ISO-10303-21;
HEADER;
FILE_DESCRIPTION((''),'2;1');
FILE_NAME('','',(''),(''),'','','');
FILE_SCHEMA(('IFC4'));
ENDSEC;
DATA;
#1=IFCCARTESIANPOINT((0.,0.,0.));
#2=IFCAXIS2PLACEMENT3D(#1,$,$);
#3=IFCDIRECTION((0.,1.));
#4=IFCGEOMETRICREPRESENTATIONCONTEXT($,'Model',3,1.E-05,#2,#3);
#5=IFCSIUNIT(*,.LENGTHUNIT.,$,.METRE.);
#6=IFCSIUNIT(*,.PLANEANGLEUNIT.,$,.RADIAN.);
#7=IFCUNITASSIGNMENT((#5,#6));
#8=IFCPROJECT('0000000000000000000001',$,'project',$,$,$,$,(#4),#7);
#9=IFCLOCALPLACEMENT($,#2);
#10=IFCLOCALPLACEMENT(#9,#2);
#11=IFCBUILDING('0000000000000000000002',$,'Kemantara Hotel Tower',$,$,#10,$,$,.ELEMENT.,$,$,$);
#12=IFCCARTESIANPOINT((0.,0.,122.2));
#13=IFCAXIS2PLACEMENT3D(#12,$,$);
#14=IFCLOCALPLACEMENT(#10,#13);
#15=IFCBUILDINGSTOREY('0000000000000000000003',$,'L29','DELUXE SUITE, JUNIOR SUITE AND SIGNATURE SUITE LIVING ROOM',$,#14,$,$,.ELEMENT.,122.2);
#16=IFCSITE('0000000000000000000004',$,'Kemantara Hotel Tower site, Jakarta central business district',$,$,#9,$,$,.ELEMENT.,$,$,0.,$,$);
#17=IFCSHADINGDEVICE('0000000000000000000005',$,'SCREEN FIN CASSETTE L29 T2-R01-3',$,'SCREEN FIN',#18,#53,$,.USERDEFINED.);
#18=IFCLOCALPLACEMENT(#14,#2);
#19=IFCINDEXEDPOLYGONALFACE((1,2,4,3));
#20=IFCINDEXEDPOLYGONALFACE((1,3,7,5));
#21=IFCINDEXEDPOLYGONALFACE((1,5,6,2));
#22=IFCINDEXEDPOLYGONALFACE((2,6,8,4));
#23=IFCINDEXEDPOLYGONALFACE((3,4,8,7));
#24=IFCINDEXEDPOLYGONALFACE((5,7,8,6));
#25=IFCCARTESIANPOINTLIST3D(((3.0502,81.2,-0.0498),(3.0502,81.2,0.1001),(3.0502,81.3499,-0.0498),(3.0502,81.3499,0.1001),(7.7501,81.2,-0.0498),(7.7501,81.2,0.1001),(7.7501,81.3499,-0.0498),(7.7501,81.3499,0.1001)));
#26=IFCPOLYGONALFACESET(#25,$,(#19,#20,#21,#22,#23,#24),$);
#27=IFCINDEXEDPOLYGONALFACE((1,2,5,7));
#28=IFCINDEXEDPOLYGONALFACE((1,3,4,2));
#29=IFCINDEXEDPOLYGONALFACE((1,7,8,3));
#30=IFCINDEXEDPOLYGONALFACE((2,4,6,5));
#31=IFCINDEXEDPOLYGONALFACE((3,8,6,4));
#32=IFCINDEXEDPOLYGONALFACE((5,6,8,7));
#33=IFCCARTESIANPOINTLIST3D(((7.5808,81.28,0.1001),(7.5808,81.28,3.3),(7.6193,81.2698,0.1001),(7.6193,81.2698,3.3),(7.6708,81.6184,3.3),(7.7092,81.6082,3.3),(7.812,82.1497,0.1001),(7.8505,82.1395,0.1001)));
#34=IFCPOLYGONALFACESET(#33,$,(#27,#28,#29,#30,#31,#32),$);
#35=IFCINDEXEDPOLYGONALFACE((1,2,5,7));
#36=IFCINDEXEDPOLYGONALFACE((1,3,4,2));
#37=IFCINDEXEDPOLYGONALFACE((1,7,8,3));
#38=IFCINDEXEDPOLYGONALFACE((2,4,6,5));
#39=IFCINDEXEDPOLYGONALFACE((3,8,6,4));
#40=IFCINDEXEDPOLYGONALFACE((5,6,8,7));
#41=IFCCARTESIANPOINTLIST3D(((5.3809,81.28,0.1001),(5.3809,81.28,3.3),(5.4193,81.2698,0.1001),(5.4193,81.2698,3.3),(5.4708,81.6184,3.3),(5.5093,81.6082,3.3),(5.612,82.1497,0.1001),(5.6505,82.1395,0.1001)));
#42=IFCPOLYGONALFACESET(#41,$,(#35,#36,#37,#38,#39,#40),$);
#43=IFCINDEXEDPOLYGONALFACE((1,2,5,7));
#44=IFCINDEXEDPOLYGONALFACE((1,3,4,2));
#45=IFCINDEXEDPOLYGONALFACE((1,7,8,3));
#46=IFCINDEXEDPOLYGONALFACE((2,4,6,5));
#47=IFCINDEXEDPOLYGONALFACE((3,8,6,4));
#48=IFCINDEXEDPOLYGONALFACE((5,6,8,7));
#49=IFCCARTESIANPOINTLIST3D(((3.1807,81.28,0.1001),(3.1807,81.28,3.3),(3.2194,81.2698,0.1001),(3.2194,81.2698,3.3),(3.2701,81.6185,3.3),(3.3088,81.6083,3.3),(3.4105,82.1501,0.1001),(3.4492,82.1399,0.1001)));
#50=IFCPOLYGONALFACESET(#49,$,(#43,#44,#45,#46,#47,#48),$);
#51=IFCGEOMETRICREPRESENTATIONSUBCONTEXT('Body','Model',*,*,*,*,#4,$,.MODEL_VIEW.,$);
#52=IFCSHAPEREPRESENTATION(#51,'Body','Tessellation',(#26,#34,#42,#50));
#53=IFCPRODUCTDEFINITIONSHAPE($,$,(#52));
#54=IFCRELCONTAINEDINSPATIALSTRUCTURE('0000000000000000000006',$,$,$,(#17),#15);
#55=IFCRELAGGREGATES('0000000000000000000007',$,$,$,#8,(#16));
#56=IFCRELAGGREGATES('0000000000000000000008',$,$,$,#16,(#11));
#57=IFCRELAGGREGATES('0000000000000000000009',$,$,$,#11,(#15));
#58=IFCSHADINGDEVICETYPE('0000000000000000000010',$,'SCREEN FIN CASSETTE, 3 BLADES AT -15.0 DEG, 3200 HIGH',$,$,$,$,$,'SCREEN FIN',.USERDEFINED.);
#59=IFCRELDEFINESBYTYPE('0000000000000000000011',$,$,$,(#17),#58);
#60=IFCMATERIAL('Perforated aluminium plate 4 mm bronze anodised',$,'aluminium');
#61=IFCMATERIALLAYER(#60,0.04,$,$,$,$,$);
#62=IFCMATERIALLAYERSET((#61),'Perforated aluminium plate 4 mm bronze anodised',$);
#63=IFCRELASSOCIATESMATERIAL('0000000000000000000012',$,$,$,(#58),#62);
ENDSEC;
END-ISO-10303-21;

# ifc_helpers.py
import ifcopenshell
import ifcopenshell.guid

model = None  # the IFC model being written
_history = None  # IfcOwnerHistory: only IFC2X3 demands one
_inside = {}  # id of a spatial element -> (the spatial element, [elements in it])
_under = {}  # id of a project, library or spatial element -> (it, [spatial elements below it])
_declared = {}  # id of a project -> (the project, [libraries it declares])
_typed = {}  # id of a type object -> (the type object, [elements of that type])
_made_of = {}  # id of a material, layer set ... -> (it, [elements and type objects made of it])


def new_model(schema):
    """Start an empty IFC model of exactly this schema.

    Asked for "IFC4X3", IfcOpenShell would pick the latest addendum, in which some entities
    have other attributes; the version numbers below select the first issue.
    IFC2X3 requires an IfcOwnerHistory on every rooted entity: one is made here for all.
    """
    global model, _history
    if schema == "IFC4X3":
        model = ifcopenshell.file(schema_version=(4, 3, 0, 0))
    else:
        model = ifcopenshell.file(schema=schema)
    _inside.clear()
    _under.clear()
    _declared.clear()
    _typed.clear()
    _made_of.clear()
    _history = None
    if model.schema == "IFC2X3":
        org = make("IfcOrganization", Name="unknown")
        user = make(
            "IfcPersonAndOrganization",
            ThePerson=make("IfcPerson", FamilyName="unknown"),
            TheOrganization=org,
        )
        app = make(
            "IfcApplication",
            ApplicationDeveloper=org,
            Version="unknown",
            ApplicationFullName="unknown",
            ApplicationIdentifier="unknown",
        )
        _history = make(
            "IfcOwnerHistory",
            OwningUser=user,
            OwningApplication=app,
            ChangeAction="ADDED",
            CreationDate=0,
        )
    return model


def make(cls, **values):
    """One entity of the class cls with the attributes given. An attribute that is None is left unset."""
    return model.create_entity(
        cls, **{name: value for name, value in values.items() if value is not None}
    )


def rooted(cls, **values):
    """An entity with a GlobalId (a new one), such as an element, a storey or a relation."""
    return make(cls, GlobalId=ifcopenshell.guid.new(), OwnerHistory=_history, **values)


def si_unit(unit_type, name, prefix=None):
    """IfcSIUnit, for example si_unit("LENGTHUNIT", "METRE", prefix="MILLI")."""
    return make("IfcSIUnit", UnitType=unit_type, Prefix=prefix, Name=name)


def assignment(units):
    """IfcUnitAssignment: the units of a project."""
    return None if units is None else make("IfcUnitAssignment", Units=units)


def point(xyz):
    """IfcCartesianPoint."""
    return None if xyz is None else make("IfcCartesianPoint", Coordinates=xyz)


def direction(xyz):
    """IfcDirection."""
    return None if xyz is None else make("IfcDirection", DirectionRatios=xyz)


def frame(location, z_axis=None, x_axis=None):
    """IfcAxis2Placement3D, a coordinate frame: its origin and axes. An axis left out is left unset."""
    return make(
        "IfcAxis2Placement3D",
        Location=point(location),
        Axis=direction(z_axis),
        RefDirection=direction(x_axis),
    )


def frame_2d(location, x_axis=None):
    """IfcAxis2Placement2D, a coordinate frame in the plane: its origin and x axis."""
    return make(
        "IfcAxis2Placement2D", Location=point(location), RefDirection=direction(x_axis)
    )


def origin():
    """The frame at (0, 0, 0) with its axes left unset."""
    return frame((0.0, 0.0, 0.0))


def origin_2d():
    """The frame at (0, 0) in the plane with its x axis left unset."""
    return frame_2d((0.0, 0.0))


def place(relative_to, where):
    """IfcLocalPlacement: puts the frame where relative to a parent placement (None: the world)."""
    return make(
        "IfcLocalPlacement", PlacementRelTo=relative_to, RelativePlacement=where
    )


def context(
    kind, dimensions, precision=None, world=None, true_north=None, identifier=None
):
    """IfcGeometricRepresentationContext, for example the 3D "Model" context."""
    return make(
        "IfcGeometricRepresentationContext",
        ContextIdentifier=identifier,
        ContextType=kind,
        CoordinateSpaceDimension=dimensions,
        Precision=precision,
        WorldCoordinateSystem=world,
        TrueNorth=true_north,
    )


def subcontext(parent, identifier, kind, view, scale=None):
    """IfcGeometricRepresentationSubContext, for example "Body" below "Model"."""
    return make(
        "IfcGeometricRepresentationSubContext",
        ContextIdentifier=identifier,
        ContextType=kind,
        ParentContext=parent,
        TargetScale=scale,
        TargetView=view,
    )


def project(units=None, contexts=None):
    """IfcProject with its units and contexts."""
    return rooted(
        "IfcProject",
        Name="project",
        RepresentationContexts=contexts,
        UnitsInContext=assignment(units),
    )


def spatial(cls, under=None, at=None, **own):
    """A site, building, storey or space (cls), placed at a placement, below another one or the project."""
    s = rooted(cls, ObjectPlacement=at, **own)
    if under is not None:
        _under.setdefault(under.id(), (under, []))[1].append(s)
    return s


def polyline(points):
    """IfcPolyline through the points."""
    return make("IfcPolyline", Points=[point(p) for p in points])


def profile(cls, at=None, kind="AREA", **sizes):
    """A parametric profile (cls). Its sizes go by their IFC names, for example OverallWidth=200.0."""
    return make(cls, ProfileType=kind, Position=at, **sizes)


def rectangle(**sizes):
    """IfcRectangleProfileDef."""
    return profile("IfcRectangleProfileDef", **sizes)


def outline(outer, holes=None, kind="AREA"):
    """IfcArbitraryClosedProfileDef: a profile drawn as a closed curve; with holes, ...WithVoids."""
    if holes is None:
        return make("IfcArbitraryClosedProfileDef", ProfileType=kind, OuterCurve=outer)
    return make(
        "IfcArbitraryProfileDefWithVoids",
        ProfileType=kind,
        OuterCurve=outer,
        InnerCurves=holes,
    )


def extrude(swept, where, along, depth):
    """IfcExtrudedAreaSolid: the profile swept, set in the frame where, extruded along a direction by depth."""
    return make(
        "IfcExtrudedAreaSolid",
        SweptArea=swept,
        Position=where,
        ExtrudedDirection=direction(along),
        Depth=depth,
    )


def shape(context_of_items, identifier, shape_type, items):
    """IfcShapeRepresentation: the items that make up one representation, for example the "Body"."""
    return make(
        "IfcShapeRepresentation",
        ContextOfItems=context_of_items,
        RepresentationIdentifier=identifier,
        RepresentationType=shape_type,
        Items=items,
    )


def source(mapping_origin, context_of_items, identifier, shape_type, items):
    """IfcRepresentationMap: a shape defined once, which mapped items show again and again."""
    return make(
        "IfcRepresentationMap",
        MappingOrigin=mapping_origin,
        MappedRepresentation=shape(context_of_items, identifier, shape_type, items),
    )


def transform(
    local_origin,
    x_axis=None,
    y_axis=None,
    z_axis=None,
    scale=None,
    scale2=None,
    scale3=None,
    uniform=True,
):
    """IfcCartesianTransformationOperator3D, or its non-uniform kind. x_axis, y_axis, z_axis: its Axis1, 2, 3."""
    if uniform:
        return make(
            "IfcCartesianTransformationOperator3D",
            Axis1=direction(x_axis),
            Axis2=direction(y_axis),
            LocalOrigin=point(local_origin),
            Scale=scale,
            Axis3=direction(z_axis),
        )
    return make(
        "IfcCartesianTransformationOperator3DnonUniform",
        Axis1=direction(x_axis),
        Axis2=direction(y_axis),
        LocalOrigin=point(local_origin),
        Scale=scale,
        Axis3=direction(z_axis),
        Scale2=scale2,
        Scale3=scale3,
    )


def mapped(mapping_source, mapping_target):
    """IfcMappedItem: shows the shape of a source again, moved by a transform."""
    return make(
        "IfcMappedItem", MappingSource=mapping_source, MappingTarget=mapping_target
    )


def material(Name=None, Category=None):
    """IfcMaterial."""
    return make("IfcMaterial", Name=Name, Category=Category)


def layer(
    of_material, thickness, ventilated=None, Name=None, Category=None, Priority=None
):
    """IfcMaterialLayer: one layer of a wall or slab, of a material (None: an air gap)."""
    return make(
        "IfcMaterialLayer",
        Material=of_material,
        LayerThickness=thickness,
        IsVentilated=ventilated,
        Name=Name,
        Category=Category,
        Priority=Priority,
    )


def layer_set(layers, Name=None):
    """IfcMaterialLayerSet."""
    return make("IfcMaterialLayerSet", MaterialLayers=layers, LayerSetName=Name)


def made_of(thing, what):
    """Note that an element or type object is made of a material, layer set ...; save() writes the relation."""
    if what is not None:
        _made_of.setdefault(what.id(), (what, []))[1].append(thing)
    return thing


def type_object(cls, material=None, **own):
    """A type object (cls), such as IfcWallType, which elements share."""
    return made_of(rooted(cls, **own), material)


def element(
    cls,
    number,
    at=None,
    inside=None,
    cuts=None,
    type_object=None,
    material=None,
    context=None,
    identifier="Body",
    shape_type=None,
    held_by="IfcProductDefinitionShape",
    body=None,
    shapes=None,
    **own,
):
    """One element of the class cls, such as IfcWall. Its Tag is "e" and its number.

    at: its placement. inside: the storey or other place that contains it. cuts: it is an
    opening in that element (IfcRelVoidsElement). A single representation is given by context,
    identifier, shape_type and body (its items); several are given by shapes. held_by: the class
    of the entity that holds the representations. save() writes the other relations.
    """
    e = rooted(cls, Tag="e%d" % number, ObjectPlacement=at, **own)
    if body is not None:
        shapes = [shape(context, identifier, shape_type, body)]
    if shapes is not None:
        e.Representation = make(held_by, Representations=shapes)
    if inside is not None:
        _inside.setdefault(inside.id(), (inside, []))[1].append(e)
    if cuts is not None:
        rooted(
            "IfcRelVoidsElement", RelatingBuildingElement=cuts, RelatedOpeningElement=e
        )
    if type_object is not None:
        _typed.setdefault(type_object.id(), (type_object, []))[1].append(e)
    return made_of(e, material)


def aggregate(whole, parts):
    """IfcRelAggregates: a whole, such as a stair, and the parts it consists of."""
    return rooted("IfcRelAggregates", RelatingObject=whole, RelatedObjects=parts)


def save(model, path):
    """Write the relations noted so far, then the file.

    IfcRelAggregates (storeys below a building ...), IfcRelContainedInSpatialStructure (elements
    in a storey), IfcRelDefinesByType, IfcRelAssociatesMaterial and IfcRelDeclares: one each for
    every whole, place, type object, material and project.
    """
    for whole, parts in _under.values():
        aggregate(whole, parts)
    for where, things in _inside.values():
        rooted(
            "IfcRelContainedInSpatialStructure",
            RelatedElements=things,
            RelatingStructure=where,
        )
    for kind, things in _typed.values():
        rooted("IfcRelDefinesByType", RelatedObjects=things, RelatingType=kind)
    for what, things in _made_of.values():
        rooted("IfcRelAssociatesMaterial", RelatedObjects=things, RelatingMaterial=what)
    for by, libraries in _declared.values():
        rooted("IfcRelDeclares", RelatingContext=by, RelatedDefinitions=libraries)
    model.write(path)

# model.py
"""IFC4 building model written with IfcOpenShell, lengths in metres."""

from ifc_helpers import new_model, si_unit, direction, frame, origin, origin_2d, place, context, subcontext, project, spatial, polyline, rectangle, outline, extrude, source, transform, mapped, material, layer, layer_set, type_object, element, save


model = new_model("IFC4")

# Units and contexts
model_context = context("Model", 3, precision=1e-05, world=origin(), true_north=direction((0.0, 1.0)))
body_context = subcontext(model_context, "Body", "Model", "MODEL_VIEW")
ifc_project = project(units=[si_unit("LENGTHUNIT", "METRE"), si_unit("PLANEANGLEUNIT", "RADIAN")], contexts=[model_context])

# Site, building, storey
site_placement = place(None, origin())
site = spatial("IfcSite", under=ifc_project, at=site_placement, Name="Kemantara Hotel Tower site, Jakarta central business district", CompositionType="ELEMENT", RefElevation=0.0)
building_placement = place(site_placement, origin())
building = spatial("IfcBuilding", under=site, at=building_placement, Name="Kemantara Hotel Tower", CompositionType="ELEMENT")
storey_placement = place(building_placement, frame((0.0, 0.0, 122.2)))
storey = spatial("IfcBuildingStorey", under=building, at=storey_placement, Name="L29", Description="DELUXE SUITE, JUNIOR SUITE AND SIGNATURE SUITE LIVING ROOM", CompositionType="ELEMENT", Elevation=122.2)

# Shading device
ifc_material_1 = material(Name="Perforated aluminium plate 4 mm bronze anodised", Category="aluminium")
ifc_layer_1 = layer(ifc_material_1, 0.04)
ifc_layer_set_1 = layer_set([ifc_layer_1], Name="Perforated aluminium plate 4 mm bronze anodised")
shading_device_type = type_object("IfcShadingDeviceType", Name="SCREEN FIN CASSETTE, 3 BLADES AT -15.0 DEG, 3200 HIGH", ElementType="SCREEN FIN", PredefinedType="USERDEFINED", material=ifc_layer_set_1)
shared_shape_1 = source(origin(), body_context, "Body", "SweptSolid", [
    extrude(rectangle(XDim=4.7, YDim=0.1499, at=origin_2d()), frame((2.2, -0.075, -0.1499), z_axis=(0.0, 0.0, 1.0), x_axis=(1.0, 0.0, 0.0)), (0.0, 0.0, 1.0), 0.1499),
    extrude(outline(polyline([(0.0, 0.0), (0.8999, 0.0), (0.3501, 3.2), (0.0, 3.2), (0.0, 0.0)])), frame((0.0193, -0.0801, 0.0), z_axis=(-0.966438, 0.256901, 0.0), x_axis=(-0.256901, -0.966438, 0.0)), (0.0, 0.0, 1.0), 0.0398),
    extrude(outline(polyline([(0.0, 0.0), (0.8999, 0.0), (0.3501, 3.2), (0.0, 3.2), (0.0, 0.0)])), frame((2.2192, -0.0801, 0.0), z_axis=(-0.966438, 0.256901, 0.0), x_axis=(-0.256901, -0.966438, 0.0)), (0.0, 0.0, 1.0), 0.0398),
    extrude(outline(polyline([(0.0, 0.0), (0.8999, 0.0), (0.3501, 3.2), (0.0, 3.2), (0.0, 0.0)])), frame((4.4194, -0.0801, 0.0), z_axis=(-0.966838, 0.255391, 0.0), x_axis=(-0.255391, -0.966838, 0.0)), (0.0, 0.0, 1.0), 0.04),
])
shading_device_placement = place(storey_placement, frame((7.6001, 81.2, 0.1001), z_axis=(0.0, 0.0, 1.0), x_axis=(-1.0, 0.0, 0.0)))
element("IfcShadingDevice", 1, at=shading_device_placement, inside=storey, type_object=shading_device_type, Name="SCREEN FIN CASSETTE L29 T2-R01-3", ObjectType="SCREEN FIN", PredefinedType="USERDEFINED", context=body_context, shape_type="MappedRepresentation", body=[
    mapped(shared_shape_1, transform((0.0, 0.0, 0.0))),
])

save(model, "model.ifc")
